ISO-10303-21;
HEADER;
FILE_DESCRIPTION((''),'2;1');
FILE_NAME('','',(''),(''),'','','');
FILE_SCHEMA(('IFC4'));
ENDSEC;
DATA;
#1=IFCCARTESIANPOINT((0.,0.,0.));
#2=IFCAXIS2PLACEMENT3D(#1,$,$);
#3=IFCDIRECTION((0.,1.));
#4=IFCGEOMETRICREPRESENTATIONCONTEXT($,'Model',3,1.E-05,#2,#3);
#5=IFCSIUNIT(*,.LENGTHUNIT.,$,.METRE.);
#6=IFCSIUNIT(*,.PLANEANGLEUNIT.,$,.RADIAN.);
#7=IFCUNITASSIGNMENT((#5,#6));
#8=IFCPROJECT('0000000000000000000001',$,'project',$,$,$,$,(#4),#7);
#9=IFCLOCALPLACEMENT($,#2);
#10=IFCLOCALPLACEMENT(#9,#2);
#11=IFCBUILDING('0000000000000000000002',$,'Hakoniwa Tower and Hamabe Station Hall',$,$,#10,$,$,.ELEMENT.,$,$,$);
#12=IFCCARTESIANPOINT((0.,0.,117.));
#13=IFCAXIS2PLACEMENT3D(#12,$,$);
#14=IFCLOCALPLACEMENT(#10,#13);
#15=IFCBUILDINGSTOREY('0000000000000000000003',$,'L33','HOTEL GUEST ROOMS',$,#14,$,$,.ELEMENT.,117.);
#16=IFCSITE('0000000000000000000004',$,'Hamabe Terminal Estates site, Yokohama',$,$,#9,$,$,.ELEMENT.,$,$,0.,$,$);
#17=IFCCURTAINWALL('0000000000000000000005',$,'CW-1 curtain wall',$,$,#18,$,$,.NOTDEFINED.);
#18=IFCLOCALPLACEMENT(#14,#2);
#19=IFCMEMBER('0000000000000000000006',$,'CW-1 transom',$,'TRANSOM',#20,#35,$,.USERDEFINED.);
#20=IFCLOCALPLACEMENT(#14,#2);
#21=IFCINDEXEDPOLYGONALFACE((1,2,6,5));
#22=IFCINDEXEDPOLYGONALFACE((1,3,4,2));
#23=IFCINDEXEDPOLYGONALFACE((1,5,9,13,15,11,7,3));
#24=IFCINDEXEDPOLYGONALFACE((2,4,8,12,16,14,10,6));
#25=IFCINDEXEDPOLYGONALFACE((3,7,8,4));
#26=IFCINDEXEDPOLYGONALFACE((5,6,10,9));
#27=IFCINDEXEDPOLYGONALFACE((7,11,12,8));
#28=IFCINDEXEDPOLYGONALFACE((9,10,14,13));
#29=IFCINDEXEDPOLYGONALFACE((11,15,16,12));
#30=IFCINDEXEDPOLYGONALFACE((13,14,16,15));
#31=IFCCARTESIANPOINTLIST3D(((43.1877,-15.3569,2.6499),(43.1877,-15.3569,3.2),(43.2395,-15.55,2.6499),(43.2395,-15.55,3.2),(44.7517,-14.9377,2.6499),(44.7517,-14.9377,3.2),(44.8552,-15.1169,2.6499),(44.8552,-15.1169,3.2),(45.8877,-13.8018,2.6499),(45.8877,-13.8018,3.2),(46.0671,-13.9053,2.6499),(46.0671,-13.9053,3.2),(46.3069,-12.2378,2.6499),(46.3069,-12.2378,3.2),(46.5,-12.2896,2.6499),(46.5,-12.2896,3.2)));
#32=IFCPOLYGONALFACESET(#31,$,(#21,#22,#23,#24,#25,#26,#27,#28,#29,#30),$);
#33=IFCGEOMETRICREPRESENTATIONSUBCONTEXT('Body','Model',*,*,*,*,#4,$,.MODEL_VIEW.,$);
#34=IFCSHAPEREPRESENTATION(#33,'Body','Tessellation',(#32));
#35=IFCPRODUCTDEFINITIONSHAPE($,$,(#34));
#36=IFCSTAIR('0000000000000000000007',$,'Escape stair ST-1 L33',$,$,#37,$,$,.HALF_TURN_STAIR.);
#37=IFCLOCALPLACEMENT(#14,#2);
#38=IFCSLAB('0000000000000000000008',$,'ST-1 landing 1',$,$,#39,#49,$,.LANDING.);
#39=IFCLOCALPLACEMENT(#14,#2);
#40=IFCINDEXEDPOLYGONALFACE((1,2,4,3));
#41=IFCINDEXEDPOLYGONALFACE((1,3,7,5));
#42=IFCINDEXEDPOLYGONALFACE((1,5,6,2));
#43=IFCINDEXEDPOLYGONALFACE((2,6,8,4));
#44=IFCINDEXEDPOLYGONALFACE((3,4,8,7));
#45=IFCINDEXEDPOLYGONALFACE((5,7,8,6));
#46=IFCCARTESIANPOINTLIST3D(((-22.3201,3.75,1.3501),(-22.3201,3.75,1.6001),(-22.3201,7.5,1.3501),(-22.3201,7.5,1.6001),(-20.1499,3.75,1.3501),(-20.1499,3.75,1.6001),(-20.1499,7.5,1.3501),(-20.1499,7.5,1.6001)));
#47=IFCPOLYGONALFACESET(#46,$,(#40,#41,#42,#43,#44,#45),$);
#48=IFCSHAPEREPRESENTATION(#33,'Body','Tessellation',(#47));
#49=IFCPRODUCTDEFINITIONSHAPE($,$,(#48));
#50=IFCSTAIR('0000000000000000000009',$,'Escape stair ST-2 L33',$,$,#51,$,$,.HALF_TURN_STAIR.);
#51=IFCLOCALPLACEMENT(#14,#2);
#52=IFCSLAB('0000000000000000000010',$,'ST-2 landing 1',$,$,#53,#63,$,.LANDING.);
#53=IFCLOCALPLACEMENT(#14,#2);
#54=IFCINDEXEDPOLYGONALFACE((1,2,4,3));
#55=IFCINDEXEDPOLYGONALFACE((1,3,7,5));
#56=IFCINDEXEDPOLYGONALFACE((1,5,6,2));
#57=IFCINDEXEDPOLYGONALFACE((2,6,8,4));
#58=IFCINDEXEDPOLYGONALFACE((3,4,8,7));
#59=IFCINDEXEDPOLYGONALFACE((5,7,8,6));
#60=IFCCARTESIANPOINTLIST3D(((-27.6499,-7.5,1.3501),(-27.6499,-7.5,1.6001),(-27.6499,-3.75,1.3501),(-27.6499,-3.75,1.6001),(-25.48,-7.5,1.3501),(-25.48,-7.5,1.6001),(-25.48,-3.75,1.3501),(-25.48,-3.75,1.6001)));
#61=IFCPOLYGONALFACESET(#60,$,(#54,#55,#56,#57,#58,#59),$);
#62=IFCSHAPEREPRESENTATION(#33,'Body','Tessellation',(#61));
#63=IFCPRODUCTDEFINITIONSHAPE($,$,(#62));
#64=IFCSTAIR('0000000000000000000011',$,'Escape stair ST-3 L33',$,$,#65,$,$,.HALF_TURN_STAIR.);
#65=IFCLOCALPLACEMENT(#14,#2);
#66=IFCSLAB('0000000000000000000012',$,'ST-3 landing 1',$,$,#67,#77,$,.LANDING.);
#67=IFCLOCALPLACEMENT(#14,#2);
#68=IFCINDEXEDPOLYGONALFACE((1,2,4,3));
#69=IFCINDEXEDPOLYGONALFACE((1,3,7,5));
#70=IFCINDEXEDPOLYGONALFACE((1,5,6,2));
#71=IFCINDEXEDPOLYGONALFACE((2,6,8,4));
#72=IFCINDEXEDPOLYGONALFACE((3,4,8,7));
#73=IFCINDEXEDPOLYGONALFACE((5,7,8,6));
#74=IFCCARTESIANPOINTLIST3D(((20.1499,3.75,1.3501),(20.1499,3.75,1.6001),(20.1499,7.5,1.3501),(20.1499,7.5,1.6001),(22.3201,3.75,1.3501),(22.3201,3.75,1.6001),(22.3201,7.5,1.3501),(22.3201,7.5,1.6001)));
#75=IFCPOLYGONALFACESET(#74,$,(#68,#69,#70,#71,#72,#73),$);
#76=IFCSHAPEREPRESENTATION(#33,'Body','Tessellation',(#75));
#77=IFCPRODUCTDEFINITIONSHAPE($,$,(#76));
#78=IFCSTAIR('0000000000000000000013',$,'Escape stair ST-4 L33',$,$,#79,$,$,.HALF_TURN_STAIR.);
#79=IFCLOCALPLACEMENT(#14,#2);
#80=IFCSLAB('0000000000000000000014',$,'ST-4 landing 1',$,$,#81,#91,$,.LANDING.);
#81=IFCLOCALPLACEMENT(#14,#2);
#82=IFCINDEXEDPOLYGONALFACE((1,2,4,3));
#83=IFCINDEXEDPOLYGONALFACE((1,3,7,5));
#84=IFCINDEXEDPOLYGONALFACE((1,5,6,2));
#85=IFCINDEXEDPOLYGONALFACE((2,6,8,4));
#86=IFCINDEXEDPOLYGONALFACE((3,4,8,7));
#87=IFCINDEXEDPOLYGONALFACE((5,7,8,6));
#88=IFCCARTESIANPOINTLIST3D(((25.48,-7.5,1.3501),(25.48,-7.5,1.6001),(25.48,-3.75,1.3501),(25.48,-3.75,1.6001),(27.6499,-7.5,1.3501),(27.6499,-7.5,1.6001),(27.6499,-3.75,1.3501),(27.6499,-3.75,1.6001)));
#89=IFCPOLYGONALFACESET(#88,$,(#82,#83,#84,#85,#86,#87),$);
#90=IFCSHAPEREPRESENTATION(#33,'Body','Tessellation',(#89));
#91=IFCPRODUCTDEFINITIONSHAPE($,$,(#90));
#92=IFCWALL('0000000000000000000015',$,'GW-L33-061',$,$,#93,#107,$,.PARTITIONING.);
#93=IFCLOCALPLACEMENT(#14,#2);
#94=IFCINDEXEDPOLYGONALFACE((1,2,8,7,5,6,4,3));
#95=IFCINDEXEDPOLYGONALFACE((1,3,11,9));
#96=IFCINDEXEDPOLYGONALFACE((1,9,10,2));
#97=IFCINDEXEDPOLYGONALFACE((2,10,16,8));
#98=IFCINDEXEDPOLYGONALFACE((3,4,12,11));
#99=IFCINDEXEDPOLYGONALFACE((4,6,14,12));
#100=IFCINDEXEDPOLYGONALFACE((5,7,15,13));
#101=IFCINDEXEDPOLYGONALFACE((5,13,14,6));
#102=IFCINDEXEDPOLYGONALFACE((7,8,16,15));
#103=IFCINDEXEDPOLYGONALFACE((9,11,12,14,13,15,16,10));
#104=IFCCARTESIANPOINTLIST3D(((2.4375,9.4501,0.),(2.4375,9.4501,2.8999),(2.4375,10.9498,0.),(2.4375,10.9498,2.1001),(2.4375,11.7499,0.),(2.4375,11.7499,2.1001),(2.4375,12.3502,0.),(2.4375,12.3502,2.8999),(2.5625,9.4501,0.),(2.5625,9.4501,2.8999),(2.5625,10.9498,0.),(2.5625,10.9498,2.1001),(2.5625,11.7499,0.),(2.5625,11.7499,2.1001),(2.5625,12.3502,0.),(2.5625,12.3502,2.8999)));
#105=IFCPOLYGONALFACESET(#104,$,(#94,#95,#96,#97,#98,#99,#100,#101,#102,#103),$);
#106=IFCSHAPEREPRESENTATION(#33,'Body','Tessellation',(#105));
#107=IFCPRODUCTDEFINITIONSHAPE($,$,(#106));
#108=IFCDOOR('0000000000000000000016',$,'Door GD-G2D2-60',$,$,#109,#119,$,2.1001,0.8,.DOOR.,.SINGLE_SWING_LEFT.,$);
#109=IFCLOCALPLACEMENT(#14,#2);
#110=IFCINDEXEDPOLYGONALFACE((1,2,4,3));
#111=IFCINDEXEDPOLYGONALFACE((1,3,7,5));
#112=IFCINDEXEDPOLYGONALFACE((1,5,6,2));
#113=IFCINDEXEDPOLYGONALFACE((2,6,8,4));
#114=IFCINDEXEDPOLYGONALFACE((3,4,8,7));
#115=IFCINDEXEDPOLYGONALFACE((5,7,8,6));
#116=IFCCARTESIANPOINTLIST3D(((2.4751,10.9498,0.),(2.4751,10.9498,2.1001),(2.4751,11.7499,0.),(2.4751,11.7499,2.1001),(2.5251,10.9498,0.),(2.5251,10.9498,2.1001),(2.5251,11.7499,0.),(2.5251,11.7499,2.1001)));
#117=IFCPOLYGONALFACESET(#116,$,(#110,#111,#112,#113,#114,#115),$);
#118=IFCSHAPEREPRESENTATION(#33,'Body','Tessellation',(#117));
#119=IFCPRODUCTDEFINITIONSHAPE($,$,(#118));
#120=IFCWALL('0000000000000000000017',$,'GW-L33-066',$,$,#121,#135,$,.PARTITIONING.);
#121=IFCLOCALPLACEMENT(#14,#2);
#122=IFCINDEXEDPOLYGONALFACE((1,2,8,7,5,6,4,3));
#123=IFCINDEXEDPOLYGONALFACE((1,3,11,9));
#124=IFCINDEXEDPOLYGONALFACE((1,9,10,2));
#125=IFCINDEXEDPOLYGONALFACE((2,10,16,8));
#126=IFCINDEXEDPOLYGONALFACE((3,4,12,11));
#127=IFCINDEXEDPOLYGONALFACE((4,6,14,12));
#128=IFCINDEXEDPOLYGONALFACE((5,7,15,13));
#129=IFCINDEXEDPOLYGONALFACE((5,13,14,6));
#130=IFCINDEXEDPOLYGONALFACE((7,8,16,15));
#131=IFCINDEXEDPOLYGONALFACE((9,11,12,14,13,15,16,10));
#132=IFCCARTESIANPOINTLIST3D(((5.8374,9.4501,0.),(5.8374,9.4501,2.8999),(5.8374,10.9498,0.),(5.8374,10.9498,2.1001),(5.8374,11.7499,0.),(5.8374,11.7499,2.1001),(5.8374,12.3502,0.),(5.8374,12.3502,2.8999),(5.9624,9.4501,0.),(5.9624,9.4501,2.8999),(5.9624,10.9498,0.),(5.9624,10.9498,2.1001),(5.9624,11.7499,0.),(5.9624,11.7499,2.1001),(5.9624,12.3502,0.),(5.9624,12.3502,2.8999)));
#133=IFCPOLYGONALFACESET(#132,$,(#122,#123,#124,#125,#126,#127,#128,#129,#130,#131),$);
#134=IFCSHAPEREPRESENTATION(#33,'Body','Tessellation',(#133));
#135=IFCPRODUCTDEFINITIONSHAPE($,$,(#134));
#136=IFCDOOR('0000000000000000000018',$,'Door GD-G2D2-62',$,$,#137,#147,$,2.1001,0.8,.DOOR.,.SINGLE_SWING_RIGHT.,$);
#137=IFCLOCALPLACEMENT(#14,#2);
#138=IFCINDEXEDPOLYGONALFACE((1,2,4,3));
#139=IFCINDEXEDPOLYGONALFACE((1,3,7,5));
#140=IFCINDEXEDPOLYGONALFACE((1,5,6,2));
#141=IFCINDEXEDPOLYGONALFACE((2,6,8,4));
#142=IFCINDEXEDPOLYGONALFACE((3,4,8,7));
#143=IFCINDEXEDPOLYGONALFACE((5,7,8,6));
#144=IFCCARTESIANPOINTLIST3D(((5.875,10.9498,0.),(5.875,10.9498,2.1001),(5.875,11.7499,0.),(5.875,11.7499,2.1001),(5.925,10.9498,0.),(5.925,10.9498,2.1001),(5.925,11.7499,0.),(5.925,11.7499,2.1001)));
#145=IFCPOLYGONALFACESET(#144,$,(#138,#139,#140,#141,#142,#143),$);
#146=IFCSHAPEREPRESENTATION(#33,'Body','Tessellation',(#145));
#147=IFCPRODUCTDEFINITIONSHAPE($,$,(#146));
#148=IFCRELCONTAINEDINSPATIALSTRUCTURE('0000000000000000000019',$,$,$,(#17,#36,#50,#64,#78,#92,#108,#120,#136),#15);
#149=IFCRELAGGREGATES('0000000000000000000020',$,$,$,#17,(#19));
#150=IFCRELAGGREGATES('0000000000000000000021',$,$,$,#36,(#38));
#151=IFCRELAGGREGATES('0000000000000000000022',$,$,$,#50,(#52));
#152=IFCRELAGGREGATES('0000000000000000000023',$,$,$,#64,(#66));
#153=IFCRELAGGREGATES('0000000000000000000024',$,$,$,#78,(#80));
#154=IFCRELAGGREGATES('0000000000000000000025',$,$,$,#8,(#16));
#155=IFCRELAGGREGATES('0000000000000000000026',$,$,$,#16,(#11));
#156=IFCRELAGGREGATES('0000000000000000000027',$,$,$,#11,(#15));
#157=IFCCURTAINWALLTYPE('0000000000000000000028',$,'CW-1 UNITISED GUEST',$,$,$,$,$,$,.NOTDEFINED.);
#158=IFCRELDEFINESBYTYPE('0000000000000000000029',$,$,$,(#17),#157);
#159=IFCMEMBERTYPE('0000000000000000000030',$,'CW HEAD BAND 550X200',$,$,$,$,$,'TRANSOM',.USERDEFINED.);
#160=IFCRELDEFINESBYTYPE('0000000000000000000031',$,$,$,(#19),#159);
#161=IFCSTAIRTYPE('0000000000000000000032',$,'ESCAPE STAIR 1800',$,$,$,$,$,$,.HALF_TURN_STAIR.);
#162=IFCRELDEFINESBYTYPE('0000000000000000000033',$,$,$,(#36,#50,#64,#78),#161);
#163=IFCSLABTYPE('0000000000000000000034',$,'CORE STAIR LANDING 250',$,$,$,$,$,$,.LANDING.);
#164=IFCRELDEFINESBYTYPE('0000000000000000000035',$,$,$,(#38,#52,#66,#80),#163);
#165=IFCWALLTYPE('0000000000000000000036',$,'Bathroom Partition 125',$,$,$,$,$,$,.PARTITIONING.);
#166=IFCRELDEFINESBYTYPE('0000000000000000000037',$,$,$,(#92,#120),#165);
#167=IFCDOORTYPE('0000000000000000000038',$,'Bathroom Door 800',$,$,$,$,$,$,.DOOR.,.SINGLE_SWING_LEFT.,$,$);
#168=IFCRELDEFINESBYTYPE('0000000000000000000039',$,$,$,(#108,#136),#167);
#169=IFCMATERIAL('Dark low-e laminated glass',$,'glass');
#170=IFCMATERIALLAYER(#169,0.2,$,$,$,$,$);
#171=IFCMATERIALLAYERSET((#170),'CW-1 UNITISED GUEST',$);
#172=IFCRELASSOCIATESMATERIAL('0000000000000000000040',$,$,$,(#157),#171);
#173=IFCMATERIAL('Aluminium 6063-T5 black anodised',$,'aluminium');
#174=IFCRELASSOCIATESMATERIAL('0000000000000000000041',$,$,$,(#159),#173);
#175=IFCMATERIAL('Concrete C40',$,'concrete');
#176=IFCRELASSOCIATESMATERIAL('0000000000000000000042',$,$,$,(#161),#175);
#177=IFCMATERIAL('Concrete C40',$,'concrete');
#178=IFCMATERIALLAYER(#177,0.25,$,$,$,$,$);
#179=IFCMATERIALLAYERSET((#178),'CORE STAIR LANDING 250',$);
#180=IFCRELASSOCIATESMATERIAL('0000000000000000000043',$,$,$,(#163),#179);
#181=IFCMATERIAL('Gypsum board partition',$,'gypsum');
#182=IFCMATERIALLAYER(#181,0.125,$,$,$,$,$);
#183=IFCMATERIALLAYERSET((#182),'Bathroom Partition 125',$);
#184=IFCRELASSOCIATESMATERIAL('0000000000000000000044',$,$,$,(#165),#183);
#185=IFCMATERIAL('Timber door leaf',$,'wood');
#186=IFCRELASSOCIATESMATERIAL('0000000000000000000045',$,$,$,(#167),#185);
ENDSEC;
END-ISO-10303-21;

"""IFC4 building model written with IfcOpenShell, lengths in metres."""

from ifc_helpers import new_model, si_unit, direction, frame, frame_2d, origin, origin_2d, place, context, subcontext, project, spatial, polyline, rectangle, outline, extrude, material, layer, layer_set, material_profile, profile_set, type_object, element, fill, aggregate, save


model = new_model("IFC4")

# Units and contexts
model_context = context("Model", 3, precision=1e-05, world=origin(), true_north=direction((0.0, 1.0)))
body_context = subcontext(model_context, "Body", "Model", "MODEL_VIEW")
ifc_project = project(units=[si_unit("LENGTHUNIT", "METRE"), si_unit("PLANEANGLEUNIT", "RADIAN")], contexts=[model_context])

# Site, building, storey
site_placement = place(None, origin())
site = spatial("IfcSite", under=ifc_project, at=site_placement, Name="Hamabe Terminal Estates site, Yokohama", CompositionType="ELEMENT", RefElevation=0.0)
building_placement = place(site_placement, origin())
building = spatial("IfcBuilding", under=site, at=building_placement, Name="Hakoniwa Tower and Hamabe Station Hall", CompositionType="ELEMENT")
storey_placement = place(building_placement, frame((0.0, 0.0, 117.0)))
storey = spatial("IfcBuildingStorey", under=building, at=storey_placement, Name="L33", Description="HOTEL GUEST ROOMS", CompositionType="ELEMENT", Elevation=117.0)

# Curtain wall, member
ifc_material_1 = material(Name="Dark low-e laminated glass", Category="glass")
ifc_layer_1 = layer(ifc_material_1, 0.2)
ifc_layer_set_1 = layer_set([ifc_layer_1], Name="CW-1 UNITISED GUEST")
curtain_wall_type = type_object("IfcCurtainWallType", Name="CW-1 UNITISED GUEST", PredefinedType="NOTDEFINED", material=ifc_layer_set_1)
curtain_wall_placement = place(storey_placement, origin())
curtain_wall = element("IfcCurtainWall", 1, at=curtain_wall_placement, inside=storey, type_object=curtain_wall_type, Name="CW-1 curtain wall", PredefinedType="NOTDEFINED")
ifc_material_2 = material(Name="Aluminium 6063-T5 black anodised", Category="aluminium")
ifc_material_profile = material_profile(ifc_material_2, rectangle(XDim=0.2, YDim=0.55, at=origin_2d()), Name="CW HEAD BAND 550X200")
ifc_profile_set = profile_set([ifc_material_profile], Name="Aluminium 6063-T5 black anodised")
member_type = type_object("IfcMemberType", Name="CW HEAD BAND 550X200", ElementType="TRANSOM", PredefinedType="USERDEFINED", material=ifc_profile_set)
member_placement = place(storey_placement, frame((0.0, 0.0, 2.6499)))
member = element("IfcMember", 2, at=member_placement, type_object=member_type, Name="CW-1 transom", ObjectType="TRANSOM", PredefinedType="USERDEFINED", context=body_context, shape_type="SweptSolid", body=[
    extrude(outline(polyline([(43.2395, -15.55), (44.8552, -15.1169), (46.0671, -13.9053), (46.5, -12.2896), (46.3069, -12.2378), (45.8877, -13.8018), (44.7517, -14.9377), (43.1877, -15.3569), (43.2395, -15.55)])), origin(), (0.0, 0.0, 1.0), 0.55),
])
aggregate(curtain_wall, [member])

# Stairs, slabs
ifc_material_3 = material(Name="Concrete C40", Category="concrete")
stair_type = type_object("IfcStairType", Name="ESCAPE STAIR 1800", PredefinedType="HALF_TURN_STAIR", material=ifc_material_3)
stair_1_placement = place(storey_placement, origin())
stair_1 = element("IfcStair", 3, at=stair_1_placement, inside=storey, type_object=stair_type, Name="Escape stair ST-1 L33", PredefinedType="HALF_TURN_STAIR")
ifc_material_4 = material(Name="Concrete C40", Category="concrete")
ifc_layer_2 = layer(ifc_material_4, 0.25)
ifc_layer_set_2 = layer_set([ifc_layer_2], Name="CORE STAIR LANDING 250")
slab_type = type_object("IfcSlabType", Name="CORE STAIR LANDING 250", PredefinedType="LANDING", material=ifc_layer_set_2)
slab_1_placement = place(storey_placement, frame((0.0, 0.0, 1.3501)))
slab_1 = element("IfcSlab", 4, at=slab_1_placement, type_object=slab_type, Name="ST-1 landing 1", PredefinedType="LANDING", context=body_context, shape_type="SweptSolid", body=[
    extrude(outline(polyline([(-22.3201, 3.75), (-20.1499, 3.75), (-20.1499, 7.5), (-22.3201, 7.5), (-22.3201, 3.75)])), origin(), (0.0, 0.0, 1.0), 0.25),
])
aggregate(stair_1, [slab_1])
stair_2_placement = place(storey_placement, origin())
stair_2 = element("IfcStair", 5, at=stair_2_placement, inside=storey, type_object=stair_type, Name="Escape stair ST-2 L33", PredefinedType="HALF_TURN_STAIR")
slab_2_placement = place(storey_placement, frame((0.0, 0.0, 1.3501)))
slab_2 = element("IfcSlab", 6, at=slab_2_placement, type_object=slab_type, Name="ST-2 landing 1", PredefinedType="LANDING", context=body_context, shape_type="SweptSolid", body=[
    extrude(outline(polyline([(-25.48, -7.5), (-27.6499, -7.5), (-27.6499, -3.75), (-25.48, -3.75), (-25.48, -7.5)])), origin(), (0.0, 0.0, 1.0), 0.25),
])
aggregate(stair_2, [slab_2])
stair_3_placement = place(storey_placement, origin())
stair_3 = element("IfcStair", 7, at=stair_3_placement, inside=storey, type_object=stair_type, Name="Escape stair ST-3 L33", PredefinedType="HALF_TURN_STAIR")
slab_3_placement = place(storey_placement, frame((0.0, 0.0, 1.3501)))
slab_3 = element("IfcSlab", 8, at=slab_3_placement, type_object=slab_type, Name="ST-3 landing 1", PredefinedType="LANDING", context=body_context, shape_type="SweptSolid", body=[
    extrude(outline(polyline([(22.3201, 3.75), (20.1499, 3.75), (20.1499, 7.5), (22.3201, 7.5), (22.3201, 3.75)])), origin(), (0.0, 0.0, 1.0), 0.25),
])
aggregate(stair_3, [slab_3])
stair_4_placement = place(storey_placement, origin())
stair_4 = element("IfcStair", 9, at=stair_4_placement, inside=storey, type_object=stair_type, Name="Escape stair ST-4 L33", PredefinedType="HALF_TURN_STAIR")
slab_4_placement = place(storey_placement, frame((0.0, 0.0, 1.3501)))
slab_4 = element("IfcSlab", 10, at=slab_4_placement, type_object=slab_type, Name="ST-4 landing 1", PredefinedType="LANDING", context=body_context, shape_type="SweptSolid", body=[
    extrude(outline(polyline([(25.48, -7.5), (27.6499, -7.5), (27.6499, -3.75), (25.48, -3.75), (25.48, -7.5)])), origin(), (0.0, 0.0, 1.0), 0.25),
])
aggregate(stair_4, [slab_4])

# Walls, openings, doors
ifc_material_5 = material(Name="Gypsum board partition", Category="gypsum")
ifc_layer_3 = layer(ifc_material_5, 0.125)
ifc_layer_set_3 = layer_set([ifc_layer_3], Name="Bathroom Partition 125")
wall_type_1 = type_object("IfcWallType", Name="Bathroom Partition 125", PredefinedType="PARTITIONING", material=ifc_layer_set_3)
wall_1_placement = place(storey_placement, frame((2.5, 9.45, 0.0), z_axis=(0.0, 0.0, 1.0), x_axis=(0.0, 1.0, 0.0)))
wall_1 = element("IfcWall", 11, at=wall_1_placement, inside=storey, type_object=wall_type_1, Name="GW-L33-061", PredefinedType="PARTITIONING", context=body_context, shape_type="SweptSolid", body=[
    extrude(rectangle(XDim=2.9001, YDim=0.125, at=frame_2d((1.4502, 0.0))), origin(), (0.0, 0.0, 1.0), 2.8999),
])
opening_1_placement = place(wall_1_placement, frame((1.5, 0.0, 0.0)))
opening_1 = element("IfcOpeningElement", 12, at=opening_1_placement, cuts=wall_1, PredefinedType="OPENING", context=body_context, shape_type="SweptSolid", body=[
    extrude(rectangle(XDim=0.8, YDim=2.1001, at=frame_2d((0.3999, 1.05))), frame((0.0, 0.0725, 0.0), z_axis=(0.0, -1.0, 0.0), x_axis=(1.0, 0.0, 0.0)), (0.0, 0.0, 1.0), 0.145),
])
ifc_material_6 = material(Name="Timber door leaf", Category="wood")
door_type_1 = type_object("IfcDoorType", Name="Bathroom Door 800", OperationType="SINGLE_SWING_LEFT", PredefinedType="DOOR", material=ifc_material_6)
door_1_placement = place(opening_1_placement, origin())
door_1 = element("IfcDoor", 13, at=door_1_placement, inside=storey, type_object=door_type_1, Name="Door GD-G2D2-60", OperationType="SINGLE_SWING_LEFT", OverallHeight=2.1001, OverallWidth=0.8, PredefinedType="DOOR", context=body_context, shape_type="SweptSolid", body=[
    extrude(rectangle(XDim=0.8, YDim=2.1001, at=frame_2d((0.3999, 1.05))), frame((0.0, 0.0249, 0.0), z_axis=(0.0, -1.0, 0.0), x_axis=(1.0, 0.0, 0.0)), (0.0, 0.0, 1.0), 0.05),
])
fill(opening_1, door_1)
wall_2_placement = place(storey_placement, frame((5.8999, 9.45, 0.0), z_axis=(0.0, 0.0, 1.0), x_axis=(0.0, 1.0, 0.0)))
wall_2 = element("IfcWall", 14, at=wall_2_placement, inside=storey, type_object=wall_type_1, Name="GW-L33-066", PredefinedType="PARTITIONING", context=body_context, shape_type="SweptSolid", body=[
    extrude(rectangle(XDim=2.9001, YDim=0.125, at=frame_2d((1.4502, 0.0))), origin(), (0.0, 0.0, 1.0), 2.8999),
])
opening_2_placement = place(wall_2_placement, frame((1.5, 0.0, 0.0)))
opening_2 = element("IfcOpeningElement", 15, at=opening_2_placement, cuts=wall_2, PredefinedType="OPENING", context=body_context, shape_type="SweptSolid", body=[
    extrude(rectangle(XDim=0.8, YDim=2.1001, at=frame_2d((0.3999, 1.05))), frame((0.0, 0.0725, 0.0), z_axis=(0.0, -1.0, 0.0), x_axis=(1.0, 0.0, 0.0)), (0.0, 0.0, 1.0), 0.145),
])
door_2_placement = place(opening_2_placement, origin())
door_2 = element("IfcDoor", 16, at=door_2_placement, inside=storey, type_object=door_type_1, Name="Door GD-G2D2-62", OperationType="SINGLE_SWING_RIGHT", OverallHeight=2.1001, OverallWidth=0.8, PredefinedType="DOOR", context=body_context, shape_type="SweptSolid", body=[
    extrude(rectangle(XDim=0.8, YDim=2.1001, at=frame_2d((0.3999, 1.05))), frame((0.0, 0.0249, 0.0), z_axis=(0.0, -1.0, 0.0), x_axis=(1.0, 0.0, 0.0)), (0.0, 0.0, 1.0), 0.05),
])
fill(opening_2, door_2)

save(model, "model.ifc")
